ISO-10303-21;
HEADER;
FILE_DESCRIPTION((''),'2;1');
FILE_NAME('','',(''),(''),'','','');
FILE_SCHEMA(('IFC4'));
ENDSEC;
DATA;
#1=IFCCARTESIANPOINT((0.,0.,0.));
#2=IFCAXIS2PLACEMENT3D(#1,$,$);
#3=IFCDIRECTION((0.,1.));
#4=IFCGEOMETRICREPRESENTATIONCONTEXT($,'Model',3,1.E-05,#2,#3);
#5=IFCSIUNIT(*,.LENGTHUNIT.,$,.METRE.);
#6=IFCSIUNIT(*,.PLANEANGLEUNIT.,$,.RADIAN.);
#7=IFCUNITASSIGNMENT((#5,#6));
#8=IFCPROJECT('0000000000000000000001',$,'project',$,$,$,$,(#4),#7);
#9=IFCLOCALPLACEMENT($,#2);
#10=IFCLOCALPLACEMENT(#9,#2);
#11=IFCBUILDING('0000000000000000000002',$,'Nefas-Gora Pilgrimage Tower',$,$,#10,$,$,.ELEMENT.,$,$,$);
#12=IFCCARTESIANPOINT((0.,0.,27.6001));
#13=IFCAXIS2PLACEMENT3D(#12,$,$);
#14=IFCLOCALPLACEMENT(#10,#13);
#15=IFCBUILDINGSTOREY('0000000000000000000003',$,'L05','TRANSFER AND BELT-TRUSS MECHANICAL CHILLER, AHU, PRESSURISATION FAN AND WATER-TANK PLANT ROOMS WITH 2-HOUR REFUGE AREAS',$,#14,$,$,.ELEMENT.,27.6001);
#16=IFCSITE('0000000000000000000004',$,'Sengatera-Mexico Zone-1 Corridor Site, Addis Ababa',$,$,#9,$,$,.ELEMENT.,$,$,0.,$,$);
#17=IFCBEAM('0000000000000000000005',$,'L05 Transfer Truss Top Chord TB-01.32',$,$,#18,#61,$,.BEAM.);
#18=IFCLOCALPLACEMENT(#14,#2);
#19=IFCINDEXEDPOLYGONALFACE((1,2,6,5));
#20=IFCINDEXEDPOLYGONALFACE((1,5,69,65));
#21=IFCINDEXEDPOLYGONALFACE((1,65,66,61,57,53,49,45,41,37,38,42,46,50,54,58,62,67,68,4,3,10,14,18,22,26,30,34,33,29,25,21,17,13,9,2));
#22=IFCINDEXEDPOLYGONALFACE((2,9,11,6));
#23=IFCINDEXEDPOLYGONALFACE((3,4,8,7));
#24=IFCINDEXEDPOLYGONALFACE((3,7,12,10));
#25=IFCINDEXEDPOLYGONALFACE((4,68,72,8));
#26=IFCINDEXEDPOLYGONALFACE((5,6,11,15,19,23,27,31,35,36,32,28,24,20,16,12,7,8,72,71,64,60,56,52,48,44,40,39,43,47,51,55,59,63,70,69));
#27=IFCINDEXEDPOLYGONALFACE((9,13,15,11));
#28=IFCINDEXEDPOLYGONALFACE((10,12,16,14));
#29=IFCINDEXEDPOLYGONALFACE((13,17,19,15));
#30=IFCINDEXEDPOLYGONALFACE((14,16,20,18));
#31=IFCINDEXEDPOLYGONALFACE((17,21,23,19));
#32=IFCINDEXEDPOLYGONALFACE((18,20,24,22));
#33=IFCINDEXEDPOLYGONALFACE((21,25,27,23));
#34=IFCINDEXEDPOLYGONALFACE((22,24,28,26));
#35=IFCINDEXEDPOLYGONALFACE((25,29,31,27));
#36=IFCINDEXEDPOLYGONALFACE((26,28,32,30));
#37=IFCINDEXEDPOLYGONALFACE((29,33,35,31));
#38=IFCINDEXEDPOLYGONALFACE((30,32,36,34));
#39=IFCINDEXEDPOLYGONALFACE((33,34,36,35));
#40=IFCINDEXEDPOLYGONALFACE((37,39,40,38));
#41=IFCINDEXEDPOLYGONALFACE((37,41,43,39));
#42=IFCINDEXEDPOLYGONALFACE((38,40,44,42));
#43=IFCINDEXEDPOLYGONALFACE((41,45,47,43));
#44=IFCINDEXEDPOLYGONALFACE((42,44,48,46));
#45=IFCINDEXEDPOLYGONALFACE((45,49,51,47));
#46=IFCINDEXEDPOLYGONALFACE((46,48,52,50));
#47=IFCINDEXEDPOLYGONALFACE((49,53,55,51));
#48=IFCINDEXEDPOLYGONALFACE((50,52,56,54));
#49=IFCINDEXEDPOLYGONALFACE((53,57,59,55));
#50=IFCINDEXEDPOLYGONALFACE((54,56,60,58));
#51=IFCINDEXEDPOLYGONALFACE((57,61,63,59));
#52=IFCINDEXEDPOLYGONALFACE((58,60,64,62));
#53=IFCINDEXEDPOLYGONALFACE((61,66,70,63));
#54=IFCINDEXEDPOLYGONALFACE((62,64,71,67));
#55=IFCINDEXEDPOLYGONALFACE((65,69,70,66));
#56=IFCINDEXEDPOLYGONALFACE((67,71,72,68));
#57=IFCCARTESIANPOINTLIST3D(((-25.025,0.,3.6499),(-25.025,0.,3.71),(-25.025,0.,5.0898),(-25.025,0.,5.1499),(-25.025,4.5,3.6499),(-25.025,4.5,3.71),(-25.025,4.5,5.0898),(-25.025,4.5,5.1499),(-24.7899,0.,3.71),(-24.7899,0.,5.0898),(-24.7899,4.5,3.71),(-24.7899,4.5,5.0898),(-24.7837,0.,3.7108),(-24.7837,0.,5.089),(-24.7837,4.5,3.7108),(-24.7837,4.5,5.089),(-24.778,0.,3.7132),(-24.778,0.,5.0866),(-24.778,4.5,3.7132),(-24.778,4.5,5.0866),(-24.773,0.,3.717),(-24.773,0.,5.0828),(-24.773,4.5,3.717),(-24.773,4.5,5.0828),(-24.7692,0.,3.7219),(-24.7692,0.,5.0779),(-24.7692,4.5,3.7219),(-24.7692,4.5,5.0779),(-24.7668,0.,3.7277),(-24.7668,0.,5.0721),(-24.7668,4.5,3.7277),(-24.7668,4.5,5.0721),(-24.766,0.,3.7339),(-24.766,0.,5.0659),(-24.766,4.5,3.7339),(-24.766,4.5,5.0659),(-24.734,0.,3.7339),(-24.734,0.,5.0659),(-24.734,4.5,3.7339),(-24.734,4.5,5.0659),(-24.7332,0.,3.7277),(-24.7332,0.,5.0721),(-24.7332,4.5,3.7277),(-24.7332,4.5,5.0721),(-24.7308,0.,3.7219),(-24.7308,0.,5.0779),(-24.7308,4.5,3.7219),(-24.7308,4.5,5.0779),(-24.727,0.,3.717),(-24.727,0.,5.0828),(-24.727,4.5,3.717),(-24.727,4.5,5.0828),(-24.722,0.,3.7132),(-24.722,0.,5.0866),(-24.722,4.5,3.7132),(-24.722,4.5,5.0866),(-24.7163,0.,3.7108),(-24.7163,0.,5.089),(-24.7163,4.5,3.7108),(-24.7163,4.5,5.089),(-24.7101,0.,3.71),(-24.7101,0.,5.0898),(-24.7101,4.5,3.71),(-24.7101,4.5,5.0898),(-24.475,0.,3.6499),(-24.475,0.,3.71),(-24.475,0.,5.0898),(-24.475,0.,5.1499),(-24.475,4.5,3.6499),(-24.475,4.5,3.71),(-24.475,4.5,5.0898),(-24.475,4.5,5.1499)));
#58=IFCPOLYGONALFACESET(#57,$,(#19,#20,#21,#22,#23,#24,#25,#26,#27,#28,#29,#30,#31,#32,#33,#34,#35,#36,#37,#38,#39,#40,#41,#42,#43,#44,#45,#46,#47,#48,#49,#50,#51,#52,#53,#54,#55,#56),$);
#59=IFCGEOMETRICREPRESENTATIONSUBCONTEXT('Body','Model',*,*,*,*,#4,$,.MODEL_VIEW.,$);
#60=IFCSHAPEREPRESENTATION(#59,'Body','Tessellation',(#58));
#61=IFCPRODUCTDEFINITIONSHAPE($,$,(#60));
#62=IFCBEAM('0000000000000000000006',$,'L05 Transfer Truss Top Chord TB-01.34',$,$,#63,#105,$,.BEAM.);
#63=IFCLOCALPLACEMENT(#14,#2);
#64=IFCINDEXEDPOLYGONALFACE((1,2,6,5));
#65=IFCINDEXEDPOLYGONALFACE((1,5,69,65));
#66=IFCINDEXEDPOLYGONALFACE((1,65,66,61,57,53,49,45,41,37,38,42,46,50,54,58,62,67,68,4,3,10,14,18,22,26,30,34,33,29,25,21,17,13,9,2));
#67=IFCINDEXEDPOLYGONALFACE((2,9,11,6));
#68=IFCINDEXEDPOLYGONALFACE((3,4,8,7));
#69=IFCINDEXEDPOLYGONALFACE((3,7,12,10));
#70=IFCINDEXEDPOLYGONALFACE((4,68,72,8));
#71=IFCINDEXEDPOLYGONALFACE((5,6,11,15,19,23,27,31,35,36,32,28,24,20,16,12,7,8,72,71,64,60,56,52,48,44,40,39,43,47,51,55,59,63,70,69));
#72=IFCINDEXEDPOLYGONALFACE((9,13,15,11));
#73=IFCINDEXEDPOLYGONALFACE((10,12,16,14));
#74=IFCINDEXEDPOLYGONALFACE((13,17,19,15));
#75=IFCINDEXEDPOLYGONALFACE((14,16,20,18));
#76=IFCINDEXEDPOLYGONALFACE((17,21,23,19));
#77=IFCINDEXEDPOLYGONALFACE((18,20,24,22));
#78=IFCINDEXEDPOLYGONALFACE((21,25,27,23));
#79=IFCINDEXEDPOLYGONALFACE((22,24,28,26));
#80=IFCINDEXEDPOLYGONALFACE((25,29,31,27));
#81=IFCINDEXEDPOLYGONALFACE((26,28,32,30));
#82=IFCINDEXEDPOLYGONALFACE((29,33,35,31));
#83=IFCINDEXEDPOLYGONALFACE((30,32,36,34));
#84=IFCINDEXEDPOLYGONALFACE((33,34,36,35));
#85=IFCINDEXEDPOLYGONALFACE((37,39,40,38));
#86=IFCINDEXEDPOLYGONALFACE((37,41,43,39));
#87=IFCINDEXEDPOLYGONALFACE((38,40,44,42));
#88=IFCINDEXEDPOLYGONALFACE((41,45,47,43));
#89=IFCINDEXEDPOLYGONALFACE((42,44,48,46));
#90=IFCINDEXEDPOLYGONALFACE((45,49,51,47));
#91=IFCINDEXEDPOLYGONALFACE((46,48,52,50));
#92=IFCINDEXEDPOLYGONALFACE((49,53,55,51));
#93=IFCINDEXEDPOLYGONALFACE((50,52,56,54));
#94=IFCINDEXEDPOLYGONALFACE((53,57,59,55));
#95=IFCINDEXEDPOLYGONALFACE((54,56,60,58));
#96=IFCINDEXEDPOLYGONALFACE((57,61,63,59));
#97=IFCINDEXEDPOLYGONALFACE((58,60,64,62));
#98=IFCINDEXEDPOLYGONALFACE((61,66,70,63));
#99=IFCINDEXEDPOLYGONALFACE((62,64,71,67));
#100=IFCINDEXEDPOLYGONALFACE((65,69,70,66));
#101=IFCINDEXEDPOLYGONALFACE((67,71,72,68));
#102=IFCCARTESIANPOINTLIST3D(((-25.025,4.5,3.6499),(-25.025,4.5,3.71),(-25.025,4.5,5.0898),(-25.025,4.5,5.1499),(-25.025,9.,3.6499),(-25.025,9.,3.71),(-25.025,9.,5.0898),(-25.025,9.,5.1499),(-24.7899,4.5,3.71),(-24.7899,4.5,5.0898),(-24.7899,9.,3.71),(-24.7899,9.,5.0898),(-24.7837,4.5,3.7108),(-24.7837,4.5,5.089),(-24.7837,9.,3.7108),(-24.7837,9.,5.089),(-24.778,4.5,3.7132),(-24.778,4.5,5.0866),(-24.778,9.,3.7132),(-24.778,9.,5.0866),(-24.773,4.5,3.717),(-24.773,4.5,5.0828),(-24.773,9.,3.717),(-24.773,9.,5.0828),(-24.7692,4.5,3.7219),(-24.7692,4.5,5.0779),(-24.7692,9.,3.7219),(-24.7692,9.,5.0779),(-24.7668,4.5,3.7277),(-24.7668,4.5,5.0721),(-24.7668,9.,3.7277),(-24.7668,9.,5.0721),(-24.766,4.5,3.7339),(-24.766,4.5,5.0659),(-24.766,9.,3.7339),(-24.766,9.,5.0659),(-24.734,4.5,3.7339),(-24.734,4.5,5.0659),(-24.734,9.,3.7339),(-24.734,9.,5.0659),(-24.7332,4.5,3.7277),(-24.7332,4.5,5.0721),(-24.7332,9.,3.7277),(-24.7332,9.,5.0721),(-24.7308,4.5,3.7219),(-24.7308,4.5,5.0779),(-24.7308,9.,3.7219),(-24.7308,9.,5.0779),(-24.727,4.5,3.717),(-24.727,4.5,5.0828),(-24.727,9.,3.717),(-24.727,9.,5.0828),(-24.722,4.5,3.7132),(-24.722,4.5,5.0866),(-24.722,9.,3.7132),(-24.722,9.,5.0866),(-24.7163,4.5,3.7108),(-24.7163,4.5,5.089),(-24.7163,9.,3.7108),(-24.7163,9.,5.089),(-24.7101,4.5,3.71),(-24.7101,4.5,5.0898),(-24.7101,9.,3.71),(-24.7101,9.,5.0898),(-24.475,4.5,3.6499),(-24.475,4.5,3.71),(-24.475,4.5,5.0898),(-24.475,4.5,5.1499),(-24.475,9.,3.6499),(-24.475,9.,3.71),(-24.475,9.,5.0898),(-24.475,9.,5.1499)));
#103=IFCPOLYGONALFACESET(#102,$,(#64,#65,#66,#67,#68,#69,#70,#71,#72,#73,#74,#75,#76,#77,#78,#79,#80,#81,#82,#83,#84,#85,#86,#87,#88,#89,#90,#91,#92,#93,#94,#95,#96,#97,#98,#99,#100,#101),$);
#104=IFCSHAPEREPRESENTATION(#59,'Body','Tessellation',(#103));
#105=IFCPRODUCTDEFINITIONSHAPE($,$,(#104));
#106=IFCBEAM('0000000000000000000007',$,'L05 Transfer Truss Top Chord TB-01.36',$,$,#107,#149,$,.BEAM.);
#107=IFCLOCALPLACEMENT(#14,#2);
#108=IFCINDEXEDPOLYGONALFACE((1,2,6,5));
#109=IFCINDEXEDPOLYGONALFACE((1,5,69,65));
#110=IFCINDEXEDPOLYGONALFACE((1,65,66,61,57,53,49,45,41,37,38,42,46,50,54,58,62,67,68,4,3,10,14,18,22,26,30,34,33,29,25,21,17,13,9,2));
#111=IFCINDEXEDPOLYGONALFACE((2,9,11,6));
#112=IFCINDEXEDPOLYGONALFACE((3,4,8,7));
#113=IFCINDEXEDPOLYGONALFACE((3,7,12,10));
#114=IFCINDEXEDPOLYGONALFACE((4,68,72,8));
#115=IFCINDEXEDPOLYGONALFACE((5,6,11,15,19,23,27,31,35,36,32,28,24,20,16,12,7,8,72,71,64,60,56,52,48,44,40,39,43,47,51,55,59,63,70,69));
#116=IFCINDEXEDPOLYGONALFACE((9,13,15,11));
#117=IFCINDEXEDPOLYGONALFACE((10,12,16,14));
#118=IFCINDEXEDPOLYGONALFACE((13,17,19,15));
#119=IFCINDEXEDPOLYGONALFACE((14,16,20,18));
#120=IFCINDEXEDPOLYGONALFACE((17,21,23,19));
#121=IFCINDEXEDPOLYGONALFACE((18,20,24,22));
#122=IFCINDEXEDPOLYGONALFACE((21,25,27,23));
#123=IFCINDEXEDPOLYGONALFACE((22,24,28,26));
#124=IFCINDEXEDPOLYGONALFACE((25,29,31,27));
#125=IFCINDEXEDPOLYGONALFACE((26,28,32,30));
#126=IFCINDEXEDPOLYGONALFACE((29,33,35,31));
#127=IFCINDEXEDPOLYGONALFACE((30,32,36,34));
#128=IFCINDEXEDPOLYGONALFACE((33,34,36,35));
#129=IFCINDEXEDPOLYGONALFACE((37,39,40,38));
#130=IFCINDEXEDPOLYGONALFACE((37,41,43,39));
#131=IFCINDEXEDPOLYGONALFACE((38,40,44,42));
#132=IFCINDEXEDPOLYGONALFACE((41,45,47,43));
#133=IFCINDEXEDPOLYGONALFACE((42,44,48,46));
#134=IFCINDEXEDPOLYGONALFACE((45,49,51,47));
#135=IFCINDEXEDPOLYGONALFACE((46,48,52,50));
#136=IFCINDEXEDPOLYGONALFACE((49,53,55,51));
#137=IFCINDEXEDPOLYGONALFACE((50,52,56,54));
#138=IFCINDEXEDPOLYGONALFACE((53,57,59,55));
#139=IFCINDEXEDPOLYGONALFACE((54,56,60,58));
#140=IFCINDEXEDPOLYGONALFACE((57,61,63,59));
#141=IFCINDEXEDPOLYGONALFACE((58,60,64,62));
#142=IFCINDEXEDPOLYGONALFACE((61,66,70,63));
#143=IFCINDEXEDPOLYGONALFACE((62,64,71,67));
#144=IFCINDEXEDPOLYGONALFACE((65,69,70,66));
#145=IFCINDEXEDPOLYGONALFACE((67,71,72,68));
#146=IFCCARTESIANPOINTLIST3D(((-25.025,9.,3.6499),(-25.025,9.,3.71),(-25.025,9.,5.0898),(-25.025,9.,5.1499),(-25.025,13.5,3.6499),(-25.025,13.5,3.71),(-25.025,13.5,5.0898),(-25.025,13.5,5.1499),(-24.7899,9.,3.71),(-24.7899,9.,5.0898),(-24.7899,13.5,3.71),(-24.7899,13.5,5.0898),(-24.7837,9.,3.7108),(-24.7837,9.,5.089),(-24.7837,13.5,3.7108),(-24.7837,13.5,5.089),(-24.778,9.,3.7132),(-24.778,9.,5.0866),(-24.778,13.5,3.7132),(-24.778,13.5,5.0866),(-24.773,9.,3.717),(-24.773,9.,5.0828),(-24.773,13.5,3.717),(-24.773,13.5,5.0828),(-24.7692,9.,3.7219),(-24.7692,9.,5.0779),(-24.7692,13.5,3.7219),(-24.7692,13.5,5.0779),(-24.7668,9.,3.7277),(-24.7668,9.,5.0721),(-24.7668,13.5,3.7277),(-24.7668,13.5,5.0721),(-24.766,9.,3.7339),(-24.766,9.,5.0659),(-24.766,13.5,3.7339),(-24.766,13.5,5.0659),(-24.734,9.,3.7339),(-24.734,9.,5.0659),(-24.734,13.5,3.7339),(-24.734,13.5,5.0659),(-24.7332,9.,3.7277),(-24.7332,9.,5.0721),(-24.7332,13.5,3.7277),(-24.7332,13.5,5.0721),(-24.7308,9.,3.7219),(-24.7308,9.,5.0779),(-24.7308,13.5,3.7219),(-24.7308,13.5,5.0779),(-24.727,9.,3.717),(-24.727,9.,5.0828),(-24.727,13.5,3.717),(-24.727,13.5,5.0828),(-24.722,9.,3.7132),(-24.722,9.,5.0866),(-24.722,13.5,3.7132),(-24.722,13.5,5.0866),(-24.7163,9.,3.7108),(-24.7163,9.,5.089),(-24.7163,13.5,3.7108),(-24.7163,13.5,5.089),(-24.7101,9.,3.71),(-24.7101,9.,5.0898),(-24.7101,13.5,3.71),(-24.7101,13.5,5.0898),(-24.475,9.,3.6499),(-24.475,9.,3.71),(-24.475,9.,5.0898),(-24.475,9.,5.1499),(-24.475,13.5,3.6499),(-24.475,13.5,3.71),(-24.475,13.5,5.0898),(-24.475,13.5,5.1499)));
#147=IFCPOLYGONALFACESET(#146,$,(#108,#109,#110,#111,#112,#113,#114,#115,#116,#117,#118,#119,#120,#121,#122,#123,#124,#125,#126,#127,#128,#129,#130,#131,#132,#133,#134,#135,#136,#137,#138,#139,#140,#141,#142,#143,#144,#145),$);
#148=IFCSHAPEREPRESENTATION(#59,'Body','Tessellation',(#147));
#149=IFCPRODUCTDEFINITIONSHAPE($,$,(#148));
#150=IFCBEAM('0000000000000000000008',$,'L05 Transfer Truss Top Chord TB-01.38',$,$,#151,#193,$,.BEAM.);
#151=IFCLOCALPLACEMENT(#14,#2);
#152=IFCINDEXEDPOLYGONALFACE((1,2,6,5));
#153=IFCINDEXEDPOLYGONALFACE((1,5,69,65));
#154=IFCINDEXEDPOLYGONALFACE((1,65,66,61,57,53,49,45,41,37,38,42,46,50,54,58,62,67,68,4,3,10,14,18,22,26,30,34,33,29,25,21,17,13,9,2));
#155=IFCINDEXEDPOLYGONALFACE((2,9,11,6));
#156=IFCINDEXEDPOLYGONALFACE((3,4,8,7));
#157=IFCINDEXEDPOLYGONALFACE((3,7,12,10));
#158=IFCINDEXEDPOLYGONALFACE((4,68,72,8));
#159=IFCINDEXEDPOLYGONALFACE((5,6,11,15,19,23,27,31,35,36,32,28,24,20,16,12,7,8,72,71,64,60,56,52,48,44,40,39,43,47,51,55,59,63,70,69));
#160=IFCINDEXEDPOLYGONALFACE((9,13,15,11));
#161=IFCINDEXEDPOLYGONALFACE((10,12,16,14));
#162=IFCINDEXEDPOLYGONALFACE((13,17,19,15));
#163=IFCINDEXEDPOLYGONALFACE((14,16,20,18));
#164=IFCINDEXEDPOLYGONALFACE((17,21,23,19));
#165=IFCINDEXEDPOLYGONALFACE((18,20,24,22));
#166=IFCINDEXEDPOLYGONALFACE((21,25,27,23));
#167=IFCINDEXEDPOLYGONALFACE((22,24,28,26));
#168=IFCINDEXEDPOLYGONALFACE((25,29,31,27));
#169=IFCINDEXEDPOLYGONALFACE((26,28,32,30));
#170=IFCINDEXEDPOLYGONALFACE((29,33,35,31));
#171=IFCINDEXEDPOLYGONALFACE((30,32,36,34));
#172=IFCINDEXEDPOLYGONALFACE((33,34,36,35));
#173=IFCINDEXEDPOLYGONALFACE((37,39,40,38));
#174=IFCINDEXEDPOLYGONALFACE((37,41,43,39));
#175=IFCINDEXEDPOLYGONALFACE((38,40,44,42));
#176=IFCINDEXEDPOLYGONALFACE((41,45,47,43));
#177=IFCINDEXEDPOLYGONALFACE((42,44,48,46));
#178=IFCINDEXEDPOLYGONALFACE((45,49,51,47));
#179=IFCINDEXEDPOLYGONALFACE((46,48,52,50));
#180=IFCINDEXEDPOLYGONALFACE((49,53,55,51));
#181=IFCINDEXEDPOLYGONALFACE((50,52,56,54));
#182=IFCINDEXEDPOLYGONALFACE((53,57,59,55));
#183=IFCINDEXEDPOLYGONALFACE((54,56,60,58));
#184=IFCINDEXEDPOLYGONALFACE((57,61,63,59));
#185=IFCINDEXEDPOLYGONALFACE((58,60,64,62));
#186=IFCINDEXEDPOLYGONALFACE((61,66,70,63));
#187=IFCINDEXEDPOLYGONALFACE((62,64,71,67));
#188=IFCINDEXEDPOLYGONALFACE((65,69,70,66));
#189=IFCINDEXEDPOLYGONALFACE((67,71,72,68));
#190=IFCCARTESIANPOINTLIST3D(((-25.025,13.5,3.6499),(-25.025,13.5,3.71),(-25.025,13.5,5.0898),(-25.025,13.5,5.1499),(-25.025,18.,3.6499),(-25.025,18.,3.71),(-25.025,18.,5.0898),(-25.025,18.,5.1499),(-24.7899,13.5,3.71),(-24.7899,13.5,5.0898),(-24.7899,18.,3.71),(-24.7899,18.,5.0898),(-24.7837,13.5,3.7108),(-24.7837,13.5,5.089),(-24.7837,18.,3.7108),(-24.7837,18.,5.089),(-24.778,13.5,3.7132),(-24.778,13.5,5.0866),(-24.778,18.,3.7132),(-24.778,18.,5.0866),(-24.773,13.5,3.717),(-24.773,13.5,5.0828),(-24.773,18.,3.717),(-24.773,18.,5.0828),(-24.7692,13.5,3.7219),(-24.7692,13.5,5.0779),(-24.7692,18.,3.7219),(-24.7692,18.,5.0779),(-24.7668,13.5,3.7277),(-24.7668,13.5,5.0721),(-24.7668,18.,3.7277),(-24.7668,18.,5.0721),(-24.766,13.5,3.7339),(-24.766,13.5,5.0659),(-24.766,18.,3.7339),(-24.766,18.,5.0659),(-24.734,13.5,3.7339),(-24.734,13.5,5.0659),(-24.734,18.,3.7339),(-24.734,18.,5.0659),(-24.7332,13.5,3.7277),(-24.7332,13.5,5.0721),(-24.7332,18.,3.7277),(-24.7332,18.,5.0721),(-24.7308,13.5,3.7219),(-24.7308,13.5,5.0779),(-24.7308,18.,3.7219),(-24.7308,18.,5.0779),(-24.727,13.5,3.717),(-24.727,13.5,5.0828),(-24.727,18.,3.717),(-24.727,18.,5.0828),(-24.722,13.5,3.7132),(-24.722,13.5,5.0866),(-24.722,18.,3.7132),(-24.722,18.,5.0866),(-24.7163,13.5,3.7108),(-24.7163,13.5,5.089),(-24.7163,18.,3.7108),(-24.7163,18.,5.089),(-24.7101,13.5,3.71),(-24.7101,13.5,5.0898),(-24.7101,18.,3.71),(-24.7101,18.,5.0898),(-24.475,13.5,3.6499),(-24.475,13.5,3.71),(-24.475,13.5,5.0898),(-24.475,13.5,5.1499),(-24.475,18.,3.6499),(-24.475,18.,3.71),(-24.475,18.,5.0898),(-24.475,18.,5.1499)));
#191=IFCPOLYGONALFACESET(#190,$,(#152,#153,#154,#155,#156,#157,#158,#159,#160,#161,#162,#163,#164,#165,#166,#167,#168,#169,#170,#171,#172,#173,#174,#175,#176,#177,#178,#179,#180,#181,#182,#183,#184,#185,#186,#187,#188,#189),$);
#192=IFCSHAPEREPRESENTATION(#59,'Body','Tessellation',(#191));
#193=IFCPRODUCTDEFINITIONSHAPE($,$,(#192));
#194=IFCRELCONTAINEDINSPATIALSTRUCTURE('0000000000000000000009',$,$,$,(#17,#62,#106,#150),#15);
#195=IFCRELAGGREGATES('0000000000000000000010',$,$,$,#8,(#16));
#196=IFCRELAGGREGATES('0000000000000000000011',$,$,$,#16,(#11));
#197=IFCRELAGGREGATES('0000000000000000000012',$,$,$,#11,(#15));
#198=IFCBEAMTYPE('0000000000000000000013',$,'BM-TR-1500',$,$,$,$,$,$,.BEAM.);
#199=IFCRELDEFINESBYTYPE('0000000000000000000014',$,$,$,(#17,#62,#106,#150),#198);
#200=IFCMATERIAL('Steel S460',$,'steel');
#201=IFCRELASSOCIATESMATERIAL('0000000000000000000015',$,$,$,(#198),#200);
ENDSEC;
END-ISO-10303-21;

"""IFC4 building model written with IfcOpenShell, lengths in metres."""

from ifc_helpers import new_model, si_unit, direction, frame, origin, origin_2d, place, context, subcontext, project, spatial, i_section, extrude, source, transform, mapped, material, material_profile, profile_set, type_object, element, save


model = new_model("IFC4")

# Units and contexts
model_context = context("Model", 3, precision=1e-05, world=origin(), true_north=direction((0.0, 1.0)))
body_context = subcontext(model_context, "Body", "Model", "MODEL_VIEW")
ifc_project = project(units=[si_unit("LENGTHUNIT", "METRE"), si_unit("PLANEANGLEUNIT", "RADIAN")], contexts=[model_context])

# Site, building, storey
site_placement = place(None, origin())
site = spatial("IfcSite", under=ifc_project, at=site_placement, Name="Sengatera-Mexico Zone-1 Corridor Site, Addis Ababa", CompositionType="ELEMENT", RefElevation=0.0)
building_placement = place(site_placement, origin())
building = spatial("IfcBuilding", under=site, at=building_placement, Name="Nefas-Gora Pilgrimage Tower", CompositionType="ELEMENT")
storey_placement = place(building_placement, frame((0.0, 0.0, 27.6001)))
storey = spatial("IfcBuildingStorey", under=building, at=storey_placement, Name="L05", Description="TRANSFER AND BELT-TRUSS MECHANICAL CHILLER, AHU, PRESSURISATION FAN AND WATER-TANK PLANT ROOMS WITH 2-HOUR REFUGE AREAS", CompositionType="ELEMENT", Elevation=27.6001)

# Shared definitions
ifc_material_1 = material(Name="Steel S460", Category="steel")

# Beams
ifc_material_profile_1 = material_profile(ifc_material_1, i_section(OverallWidth=0.55, OverallDepth=1.5, WebThickness=0.032, FlangeThickness=0.0601, FilletRadius=0.0239, at=origin_2d()), Name="WPG 1500x550x32x60")
ifc_profile_set_1 = profile_set([ifc_material_profile_1], Name="Steel S460")
beam_type_1 = type_object("IfcBeamType", Name="BM-TR-1500", PredefinedType="BEAM", material=ifc_profile_set_1)
shared_shape_1 = source(origin(), body_context, "Body", "SweptSolid", [
    extrude(i_section(OverallWidth=0.55, OverallDepth=1.5, WebThickness=0.032, FlangeThickness=0.0601, FilletRadius=0.0239, at=origin_2d()), origin(), (0.0, 0.0, 1.0), 4.5),
])
for number, where, z_axis, x_axis, name in (
    (1, (-24.75, 0.0, 4.3999), (0.0, 1.0, 0.0), (-1.0, 0.0, 0.0), "L05 Transfer Truss Top Chord TB-01.32"),
    (2, (-24.75, 4.5, 4.3999), (0.0, 1.0, 0.0), (-1.0, 0.0, 0.0), "L05 Transfer Truss Top Chord TB-01.34"),
    (3, (-24.75, 9.0, 4.3999), (0.0, 1.0, 0.0), (-1.0, 0.0, 0.0), "L05 Transfer Truss Top Chord TB-01.36"),
    (4, (-24.75, 13.5, 4.3999), (0.0, 1.0, 0.0), (-1.0, 0.0, 0.0), "L05 Transfer Truss Top Chord TB-01.38"),
):
    element("IfcBeam", number, at=place(storey_placement, frame(where, z_axis=z_axis, x_axis=x_axis)), inside=storey, type_object=beam_type_1, Name=name, PredefinedType="BEAM", context=body_context, shape_type="MappedRepresentation", body=[
        mapped(shared_shape_1, transform((0.0, 0.0, 0.0), x_axis=(1.0, 0.0, 0.0), y_axis=(0.0, 1.0, 0.0), z_axis=(0.0, 0.0, 1.0), scale=1.0)),
    ])

save(model, "model.ifc")
